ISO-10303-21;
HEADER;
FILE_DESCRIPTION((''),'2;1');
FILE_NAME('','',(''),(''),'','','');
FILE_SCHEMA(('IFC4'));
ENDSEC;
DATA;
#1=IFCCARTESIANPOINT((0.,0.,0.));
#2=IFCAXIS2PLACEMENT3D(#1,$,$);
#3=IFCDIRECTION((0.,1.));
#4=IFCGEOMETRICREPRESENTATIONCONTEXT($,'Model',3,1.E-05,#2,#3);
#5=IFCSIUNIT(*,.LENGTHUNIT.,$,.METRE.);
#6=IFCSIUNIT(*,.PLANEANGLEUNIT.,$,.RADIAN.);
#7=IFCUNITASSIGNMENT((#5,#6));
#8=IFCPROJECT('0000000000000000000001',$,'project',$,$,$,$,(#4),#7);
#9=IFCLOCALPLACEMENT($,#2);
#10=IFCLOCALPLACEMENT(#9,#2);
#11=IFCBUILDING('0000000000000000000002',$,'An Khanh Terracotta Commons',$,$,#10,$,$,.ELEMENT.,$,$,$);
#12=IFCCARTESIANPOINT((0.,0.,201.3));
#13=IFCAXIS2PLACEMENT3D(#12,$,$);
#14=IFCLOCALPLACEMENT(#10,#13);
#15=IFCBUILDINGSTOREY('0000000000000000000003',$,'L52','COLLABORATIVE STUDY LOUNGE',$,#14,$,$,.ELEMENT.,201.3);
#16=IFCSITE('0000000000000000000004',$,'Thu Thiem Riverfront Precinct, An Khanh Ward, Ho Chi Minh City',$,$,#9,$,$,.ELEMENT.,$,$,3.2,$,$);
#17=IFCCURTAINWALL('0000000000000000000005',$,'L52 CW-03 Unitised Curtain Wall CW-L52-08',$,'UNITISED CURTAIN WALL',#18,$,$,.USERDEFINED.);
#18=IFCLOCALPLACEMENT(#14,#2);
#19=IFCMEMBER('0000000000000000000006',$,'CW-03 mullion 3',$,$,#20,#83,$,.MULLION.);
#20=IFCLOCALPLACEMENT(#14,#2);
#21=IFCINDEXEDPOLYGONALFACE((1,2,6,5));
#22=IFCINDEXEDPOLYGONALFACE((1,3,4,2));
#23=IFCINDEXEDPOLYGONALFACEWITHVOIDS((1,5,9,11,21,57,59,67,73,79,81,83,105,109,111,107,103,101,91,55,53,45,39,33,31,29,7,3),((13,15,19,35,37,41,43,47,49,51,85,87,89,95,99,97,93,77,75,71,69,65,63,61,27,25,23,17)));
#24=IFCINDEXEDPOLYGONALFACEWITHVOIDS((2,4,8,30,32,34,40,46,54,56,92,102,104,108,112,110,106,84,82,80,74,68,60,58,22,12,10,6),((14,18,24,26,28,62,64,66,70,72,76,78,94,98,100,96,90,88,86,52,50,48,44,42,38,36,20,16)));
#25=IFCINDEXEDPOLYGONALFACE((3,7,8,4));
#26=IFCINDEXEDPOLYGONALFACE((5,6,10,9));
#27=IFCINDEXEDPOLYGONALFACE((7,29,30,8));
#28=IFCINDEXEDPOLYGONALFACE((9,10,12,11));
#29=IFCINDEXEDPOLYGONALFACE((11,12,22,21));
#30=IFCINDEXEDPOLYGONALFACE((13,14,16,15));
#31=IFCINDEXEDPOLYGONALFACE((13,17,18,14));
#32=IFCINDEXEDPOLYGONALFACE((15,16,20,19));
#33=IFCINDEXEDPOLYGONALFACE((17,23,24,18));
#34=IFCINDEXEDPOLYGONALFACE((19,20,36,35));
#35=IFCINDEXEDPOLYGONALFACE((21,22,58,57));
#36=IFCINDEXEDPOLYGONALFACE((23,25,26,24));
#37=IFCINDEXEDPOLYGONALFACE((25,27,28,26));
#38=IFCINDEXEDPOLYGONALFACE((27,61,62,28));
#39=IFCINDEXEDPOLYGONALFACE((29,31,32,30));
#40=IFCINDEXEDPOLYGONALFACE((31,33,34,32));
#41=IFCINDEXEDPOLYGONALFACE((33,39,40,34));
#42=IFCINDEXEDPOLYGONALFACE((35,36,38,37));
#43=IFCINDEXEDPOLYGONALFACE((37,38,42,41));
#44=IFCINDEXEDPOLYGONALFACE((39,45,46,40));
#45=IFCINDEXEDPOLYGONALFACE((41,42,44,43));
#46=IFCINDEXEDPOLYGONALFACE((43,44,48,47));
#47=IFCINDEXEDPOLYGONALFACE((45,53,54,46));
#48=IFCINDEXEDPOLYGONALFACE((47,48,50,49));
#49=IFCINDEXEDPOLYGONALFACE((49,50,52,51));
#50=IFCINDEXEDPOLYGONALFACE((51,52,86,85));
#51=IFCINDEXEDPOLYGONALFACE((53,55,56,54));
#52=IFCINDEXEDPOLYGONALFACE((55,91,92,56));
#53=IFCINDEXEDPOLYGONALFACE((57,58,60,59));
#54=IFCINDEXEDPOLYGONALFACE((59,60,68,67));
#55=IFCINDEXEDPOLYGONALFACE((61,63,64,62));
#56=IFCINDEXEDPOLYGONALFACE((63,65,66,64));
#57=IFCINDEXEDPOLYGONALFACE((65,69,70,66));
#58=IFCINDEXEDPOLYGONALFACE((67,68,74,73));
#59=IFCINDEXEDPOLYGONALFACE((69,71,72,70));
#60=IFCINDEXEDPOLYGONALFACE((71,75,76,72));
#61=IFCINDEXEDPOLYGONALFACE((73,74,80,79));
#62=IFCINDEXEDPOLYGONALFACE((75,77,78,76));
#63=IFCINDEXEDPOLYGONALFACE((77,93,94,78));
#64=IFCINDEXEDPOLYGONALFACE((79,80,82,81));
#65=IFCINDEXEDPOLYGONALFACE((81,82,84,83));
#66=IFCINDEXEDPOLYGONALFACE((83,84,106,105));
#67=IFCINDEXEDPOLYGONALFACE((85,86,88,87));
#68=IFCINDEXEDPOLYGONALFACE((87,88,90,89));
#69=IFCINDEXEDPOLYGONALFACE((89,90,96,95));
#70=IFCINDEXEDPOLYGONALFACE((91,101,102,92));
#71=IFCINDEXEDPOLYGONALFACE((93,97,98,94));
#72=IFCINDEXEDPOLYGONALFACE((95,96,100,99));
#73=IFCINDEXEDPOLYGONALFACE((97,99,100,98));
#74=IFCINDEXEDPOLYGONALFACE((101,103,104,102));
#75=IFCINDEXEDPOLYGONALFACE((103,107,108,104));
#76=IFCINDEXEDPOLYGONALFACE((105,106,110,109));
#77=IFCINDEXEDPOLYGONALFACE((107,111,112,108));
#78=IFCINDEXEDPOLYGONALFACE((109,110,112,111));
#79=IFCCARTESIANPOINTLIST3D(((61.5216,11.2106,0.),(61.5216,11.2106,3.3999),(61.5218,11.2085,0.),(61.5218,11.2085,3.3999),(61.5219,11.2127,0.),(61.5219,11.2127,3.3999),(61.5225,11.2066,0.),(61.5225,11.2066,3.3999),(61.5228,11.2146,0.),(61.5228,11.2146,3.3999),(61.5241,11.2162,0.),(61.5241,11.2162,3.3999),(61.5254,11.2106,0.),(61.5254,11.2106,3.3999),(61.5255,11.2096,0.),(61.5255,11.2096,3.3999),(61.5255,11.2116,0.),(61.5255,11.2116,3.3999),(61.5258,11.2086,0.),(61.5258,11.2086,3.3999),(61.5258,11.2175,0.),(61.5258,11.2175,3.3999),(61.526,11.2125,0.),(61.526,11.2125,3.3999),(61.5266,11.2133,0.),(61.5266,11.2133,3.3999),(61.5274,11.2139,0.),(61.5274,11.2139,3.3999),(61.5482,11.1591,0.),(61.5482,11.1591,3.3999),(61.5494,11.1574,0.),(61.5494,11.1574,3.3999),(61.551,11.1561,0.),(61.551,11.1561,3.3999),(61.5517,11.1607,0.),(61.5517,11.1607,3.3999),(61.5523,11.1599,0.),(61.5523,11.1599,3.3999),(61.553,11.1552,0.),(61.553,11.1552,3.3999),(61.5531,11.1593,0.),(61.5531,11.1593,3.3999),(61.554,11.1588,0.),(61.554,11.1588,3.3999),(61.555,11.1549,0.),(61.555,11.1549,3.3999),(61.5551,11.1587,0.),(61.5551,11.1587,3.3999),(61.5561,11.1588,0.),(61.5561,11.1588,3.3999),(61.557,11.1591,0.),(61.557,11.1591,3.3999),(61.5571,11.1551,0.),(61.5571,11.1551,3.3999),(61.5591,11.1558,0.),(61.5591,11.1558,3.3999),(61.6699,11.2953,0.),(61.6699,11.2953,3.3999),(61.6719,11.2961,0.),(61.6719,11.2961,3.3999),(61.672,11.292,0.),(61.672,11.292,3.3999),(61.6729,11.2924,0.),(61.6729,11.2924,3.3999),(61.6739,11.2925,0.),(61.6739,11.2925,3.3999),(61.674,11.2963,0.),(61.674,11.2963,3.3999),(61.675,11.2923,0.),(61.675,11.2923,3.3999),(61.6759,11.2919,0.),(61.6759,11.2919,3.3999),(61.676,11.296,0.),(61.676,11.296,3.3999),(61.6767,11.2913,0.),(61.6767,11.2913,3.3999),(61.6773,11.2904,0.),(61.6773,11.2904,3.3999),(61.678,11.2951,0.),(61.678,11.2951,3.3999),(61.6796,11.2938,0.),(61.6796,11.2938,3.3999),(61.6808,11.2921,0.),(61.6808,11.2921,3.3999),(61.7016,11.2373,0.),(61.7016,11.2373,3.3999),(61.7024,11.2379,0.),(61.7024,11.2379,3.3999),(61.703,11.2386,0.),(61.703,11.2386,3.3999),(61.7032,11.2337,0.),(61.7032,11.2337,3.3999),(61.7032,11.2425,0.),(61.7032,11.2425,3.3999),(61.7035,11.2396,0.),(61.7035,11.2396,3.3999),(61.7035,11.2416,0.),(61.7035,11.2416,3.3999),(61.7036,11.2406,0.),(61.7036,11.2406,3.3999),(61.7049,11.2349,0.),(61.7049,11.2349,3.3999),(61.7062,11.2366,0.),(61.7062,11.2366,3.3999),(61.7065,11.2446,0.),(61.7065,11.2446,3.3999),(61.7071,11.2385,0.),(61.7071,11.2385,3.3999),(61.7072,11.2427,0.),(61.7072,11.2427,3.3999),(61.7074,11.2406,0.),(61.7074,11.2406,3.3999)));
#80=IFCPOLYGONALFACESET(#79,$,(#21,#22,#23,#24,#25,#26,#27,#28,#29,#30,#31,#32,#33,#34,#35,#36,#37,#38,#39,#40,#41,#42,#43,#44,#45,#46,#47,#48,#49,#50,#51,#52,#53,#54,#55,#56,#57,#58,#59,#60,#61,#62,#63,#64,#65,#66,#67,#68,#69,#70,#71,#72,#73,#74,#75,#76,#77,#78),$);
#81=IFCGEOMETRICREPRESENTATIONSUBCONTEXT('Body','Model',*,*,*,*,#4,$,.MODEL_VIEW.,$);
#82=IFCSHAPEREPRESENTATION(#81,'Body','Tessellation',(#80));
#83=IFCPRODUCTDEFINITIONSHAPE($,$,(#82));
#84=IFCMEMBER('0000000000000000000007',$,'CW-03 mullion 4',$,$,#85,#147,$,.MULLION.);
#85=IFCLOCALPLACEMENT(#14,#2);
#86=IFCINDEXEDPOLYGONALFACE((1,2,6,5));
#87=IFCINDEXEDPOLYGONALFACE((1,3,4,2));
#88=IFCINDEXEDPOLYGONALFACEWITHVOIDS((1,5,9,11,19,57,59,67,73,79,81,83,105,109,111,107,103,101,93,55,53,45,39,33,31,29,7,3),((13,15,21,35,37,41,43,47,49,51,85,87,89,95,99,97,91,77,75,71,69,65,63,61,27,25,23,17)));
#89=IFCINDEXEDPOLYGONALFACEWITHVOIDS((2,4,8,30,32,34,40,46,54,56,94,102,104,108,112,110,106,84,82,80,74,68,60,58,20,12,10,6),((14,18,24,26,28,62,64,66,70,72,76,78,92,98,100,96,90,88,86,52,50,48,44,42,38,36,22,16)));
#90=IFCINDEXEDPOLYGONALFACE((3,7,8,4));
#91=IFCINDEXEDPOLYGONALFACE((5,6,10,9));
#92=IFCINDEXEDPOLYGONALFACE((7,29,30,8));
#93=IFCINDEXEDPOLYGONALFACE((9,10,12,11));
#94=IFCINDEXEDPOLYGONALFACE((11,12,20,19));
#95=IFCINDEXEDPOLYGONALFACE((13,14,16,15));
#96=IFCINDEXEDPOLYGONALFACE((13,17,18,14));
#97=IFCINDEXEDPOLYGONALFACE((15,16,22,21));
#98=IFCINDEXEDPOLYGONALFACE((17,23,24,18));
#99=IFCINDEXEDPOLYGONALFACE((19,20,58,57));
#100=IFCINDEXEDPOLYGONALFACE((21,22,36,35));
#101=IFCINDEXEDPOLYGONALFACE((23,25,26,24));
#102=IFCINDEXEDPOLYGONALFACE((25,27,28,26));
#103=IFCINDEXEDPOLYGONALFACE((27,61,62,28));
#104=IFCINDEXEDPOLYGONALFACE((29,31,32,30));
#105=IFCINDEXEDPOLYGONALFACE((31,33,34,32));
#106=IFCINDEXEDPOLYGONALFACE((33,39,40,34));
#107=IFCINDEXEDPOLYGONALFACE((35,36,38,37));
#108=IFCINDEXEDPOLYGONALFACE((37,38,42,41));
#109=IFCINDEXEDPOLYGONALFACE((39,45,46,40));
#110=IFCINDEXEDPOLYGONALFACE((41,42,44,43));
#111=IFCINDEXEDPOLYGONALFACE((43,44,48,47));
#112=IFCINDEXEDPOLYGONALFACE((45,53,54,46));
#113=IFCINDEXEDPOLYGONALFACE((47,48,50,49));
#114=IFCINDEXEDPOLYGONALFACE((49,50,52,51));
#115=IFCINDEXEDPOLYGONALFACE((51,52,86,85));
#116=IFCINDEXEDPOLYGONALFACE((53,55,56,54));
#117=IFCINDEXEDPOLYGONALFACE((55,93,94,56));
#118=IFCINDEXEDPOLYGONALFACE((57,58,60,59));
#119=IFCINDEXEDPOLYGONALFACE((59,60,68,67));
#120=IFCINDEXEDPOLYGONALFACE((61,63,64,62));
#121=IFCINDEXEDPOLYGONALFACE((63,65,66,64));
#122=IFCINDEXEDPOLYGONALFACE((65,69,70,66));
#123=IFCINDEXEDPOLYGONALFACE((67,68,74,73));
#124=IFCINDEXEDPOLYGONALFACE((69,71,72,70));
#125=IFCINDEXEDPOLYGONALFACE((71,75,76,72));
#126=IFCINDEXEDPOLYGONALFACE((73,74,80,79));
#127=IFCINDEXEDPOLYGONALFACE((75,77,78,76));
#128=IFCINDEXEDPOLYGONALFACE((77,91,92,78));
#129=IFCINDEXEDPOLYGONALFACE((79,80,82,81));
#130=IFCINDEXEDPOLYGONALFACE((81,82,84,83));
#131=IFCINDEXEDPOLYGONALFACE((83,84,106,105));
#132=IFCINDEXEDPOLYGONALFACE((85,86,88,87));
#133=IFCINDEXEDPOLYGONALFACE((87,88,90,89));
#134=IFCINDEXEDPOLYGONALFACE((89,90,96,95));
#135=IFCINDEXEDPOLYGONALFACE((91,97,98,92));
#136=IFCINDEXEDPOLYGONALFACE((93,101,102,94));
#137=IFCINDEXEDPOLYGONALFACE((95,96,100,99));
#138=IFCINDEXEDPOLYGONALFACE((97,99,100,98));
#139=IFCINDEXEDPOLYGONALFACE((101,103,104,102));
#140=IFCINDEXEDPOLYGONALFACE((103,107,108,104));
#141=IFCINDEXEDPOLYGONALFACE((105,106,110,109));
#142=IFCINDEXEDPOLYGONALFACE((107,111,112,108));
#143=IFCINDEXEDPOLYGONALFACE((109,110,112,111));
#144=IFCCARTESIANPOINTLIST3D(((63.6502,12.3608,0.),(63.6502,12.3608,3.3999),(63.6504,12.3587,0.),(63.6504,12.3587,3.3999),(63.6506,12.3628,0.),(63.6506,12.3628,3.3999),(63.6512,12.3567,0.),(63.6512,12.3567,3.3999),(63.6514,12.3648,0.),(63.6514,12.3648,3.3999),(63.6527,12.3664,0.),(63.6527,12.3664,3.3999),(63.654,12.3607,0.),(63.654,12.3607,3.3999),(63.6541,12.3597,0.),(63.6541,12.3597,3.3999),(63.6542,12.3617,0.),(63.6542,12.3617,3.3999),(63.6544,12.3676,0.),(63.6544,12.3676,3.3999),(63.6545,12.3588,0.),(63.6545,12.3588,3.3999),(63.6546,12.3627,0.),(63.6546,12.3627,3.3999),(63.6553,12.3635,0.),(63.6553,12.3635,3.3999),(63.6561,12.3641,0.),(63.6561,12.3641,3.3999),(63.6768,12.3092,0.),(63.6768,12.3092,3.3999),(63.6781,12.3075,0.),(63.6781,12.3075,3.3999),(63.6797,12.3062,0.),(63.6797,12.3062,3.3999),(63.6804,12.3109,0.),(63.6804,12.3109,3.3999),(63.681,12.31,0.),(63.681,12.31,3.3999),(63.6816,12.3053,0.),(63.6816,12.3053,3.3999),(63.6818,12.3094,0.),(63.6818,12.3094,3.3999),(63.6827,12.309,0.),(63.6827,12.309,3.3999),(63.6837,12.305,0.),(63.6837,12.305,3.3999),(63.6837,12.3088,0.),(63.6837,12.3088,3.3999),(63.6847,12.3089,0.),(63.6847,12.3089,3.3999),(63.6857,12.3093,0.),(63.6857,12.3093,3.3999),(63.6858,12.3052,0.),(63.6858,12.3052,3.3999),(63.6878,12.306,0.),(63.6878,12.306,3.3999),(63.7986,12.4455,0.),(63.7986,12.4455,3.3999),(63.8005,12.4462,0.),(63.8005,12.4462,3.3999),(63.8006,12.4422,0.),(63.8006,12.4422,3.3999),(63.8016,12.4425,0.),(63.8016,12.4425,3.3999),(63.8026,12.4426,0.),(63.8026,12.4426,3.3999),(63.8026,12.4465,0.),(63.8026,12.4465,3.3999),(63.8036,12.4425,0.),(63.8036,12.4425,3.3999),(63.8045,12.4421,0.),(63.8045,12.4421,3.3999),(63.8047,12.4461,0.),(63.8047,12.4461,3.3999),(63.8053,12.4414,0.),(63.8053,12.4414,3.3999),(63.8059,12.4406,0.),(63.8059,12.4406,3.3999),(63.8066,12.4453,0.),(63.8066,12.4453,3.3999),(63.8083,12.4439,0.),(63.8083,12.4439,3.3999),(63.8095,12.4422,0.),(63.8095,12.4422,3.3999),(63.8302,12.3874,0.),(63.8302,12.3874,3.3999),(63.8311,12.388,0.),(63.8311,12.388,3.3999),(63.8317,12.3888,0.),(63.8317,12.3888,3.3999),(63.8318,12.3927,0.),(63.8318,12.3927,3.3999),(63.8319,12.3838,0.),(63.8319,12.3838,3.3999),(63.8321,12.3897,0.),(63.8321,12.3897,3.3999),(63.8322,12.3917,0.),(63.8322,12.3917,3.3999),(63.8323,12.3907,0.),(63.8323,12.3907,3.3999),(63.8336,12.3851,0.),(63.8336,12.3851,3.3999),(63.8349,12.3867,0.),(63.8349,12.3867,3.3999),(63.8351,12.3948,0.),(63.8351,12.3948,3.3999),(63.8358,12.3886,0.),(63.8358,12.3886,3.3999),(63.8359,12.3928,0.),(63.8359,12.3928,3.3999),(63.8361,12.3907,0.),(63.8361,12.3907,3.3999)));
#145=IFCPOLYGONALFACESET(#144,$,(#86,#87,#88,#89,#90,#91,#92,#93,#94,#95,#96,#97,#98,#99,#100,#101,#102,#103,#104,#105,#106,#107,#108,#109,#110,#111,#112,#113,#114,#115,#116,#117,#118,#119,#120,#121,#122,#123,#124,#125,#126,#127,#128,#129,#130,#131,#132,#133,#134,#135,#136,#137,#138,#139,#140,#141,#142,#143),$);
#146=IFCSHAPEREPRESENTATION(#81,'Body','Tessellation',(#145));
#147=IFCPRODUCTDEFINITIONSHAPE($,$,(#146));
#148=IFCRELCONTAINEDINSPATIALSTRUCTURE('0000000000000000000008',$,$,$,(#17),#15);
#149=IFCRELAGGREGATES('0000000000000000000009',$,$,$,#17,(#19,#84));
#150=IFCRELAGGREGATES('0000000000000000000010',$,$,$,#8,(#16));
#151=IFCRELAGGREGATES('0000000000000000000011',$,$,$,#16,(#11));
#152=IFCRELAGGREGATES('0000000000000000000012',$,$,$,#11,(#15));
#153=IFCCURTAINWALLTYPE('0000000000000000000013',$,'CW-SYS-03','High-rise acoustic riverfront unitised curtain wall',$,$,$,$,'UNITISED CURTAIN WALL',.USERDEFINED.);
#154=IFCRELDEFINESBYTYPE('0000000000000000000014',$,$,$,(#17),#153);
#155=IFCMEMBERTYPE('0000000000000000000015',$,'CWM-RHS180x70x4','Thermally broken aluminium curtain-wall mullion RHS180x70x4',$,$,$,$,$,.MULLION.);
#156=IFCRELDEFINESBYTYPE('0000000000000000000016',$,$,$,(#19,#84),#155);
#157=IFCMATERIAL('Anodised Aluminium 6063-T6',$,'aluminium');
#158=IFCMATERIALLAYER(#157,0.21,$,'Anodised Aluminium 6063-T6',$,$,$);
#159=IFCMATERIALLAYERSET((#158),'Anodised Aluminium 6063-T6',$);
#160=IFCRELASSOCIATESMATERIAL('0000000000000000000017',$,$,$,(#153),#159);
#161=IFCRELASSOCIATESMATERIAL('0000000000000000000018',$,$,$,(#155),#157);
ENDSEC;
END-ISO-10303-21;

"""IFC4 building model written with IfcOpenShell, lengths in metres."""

from ifc_helpers import new_model, si_unit, direction, frame, origin, origin_2d, place, context, subcontext, project, spatial, hollow_rectangle, extrude, material, layer, layer_set, material_profile, profile_set, type_object, element, aggregate, save


model = new_model("IFC4")

# Units and contexts
model_context = context("Model", 3, precision=1e-05, world=origin(), true_north=direction((0.0, 1.0)))
body_context = subcontext(model_context, "Body", "Model", "MODEL_VIEW")
ifc_project = project(units=[si_unit("LENGTHUNIT", "METRE"), si_unit("PLANEANGLEUNIT", "RADIAN")], contexts=[model_context])

# Site, building, storey
site_placement = place(None, origin())
site = spatial("IfcSite", under=ifc_project, at=site_placement, Name="Thu Thiem Riverfront Precinct, An Khanh Ward, Ho Chi Minh City", CompositionType="ELEMENT", RefElevation=3.2)
building_placement = place(site_placement, origin())
building = spatial("IfcBuilding", under=site, at=building_placement, Name="An Khanh Terracotta Commons", CompositionType="ELEMENT")
storey_placement = place(building_placement, frame((0.0, 0.0, 201.3)))
storey = spatial("IfcBuildingStorey", under=building, at=storey_placement, Name="L52", Description="COLLABORATIVE STUDY LOUNGE", CompositionType="ELEMENT", Elevation=201.3)

# Curtain wall, members
ifc_material_1 = material(Name="Anodised Aluminium 6063-T6", Category="aluminium")
ifc_layer_1 = layer(ifc_material_1, 0.21, Name="Anodised Aluminium 6063-T6")
ifc_layer_set_1 = layer_set([ifc_layer_1], Name="Anodised Aluminium 6063-T6")
curtain_wall_type = type_object("IfcCurtainWallType", Name="CW-SYS-03", Description="High-rise acoustic riverfront unitised curtain wall", ElementType="UNITISED CURTAIN WALL", PredefinedType="USERDEFINED", material=ifc_layer_set_1)
curtain_wall_1_placement = place(storey_placement, origin())
curtain_wall_1 = element("IfcCurtainWall", 1, at=curtain_wall_1_placement, inside=storey, type_object=curtain_wall_type, Name="L52 CW-03 Unitised Curtain Wall CW-L52-08", ObjectType="UNITISED CURTAIN WALL", PredefinedType="USERDEFINED")
ifc_material_profile_1 = material_profile(ifc_material_1, hollow_rectangle(XDim=0.0701, YDim=0.1799, WallThickness=0.0039, InnerFilletRadius=0.0039, OuterFilletRadius=0.0081, at=origin_2d()), Name="RHS180x70x4")
ifc_profile_set_1 = profile_set([ifc_material_profile_1], Name="Anodised Aluminium 6063-T6")
member_type_1 = type_object("IfcMemberType", Name="CWM-RHS180x70x4", Description="Thermally broken aluminium curtain-wall mullion RHS180x70x4", PredefinedType="MULLION", material=ifc_profile_set_1)
member_1_placement = place(storey_placement, frame((61.6145, 11.2256, 0.0), z_axis=(0.0, 0.0, 1.0), x_axis=(-0.475381, 0.87978, 0.0)))
member_1 = element("IfcMember", 2, at=member_1_placement, type_object=member_type_1, Name="CW-03 mullion 3", PredefinedType="MULLION", context=body_context, shape_type="SweptSolid", body=[
    extrude(hollow_rectangle(XDim=0.0701, YDim=0.1799, WallThickness=0.0039, InnerFilletRadius=0.0039, OuterFilletRadius=0.0081, at=origin_2d()), origin(), (0.0, 0.0, 1.0), 3.3999),
])
member_2_placement = place(storey_placement, frame((63.7432, 12.3757, 0.0), z_axis=(0.0, 0.0, 1.0), x_axis=(-0.475381, 0.87978, 0.0)))
member_2 = element("IfcMember", 3, at=member_2_placement, type_object=member_type_1, Name="CW-03 mullion 4", PredefinedType="MULLION", context=body_context, shape_type="SweptSolid", body=[
    extrude(hollow_rectangle(XDim=0.0701, YDim=0.1799, WallThickness=0.0039, InnerFilletRadius=0.0039, OuterFilletRadius=0.0081, at=origin_2d()), origin(), (0.0, 0.0, 1.0), 3.3999),
])

aggregate(curtain_wall_1, [member_1, member_2])

save(model, "model.ifc")
